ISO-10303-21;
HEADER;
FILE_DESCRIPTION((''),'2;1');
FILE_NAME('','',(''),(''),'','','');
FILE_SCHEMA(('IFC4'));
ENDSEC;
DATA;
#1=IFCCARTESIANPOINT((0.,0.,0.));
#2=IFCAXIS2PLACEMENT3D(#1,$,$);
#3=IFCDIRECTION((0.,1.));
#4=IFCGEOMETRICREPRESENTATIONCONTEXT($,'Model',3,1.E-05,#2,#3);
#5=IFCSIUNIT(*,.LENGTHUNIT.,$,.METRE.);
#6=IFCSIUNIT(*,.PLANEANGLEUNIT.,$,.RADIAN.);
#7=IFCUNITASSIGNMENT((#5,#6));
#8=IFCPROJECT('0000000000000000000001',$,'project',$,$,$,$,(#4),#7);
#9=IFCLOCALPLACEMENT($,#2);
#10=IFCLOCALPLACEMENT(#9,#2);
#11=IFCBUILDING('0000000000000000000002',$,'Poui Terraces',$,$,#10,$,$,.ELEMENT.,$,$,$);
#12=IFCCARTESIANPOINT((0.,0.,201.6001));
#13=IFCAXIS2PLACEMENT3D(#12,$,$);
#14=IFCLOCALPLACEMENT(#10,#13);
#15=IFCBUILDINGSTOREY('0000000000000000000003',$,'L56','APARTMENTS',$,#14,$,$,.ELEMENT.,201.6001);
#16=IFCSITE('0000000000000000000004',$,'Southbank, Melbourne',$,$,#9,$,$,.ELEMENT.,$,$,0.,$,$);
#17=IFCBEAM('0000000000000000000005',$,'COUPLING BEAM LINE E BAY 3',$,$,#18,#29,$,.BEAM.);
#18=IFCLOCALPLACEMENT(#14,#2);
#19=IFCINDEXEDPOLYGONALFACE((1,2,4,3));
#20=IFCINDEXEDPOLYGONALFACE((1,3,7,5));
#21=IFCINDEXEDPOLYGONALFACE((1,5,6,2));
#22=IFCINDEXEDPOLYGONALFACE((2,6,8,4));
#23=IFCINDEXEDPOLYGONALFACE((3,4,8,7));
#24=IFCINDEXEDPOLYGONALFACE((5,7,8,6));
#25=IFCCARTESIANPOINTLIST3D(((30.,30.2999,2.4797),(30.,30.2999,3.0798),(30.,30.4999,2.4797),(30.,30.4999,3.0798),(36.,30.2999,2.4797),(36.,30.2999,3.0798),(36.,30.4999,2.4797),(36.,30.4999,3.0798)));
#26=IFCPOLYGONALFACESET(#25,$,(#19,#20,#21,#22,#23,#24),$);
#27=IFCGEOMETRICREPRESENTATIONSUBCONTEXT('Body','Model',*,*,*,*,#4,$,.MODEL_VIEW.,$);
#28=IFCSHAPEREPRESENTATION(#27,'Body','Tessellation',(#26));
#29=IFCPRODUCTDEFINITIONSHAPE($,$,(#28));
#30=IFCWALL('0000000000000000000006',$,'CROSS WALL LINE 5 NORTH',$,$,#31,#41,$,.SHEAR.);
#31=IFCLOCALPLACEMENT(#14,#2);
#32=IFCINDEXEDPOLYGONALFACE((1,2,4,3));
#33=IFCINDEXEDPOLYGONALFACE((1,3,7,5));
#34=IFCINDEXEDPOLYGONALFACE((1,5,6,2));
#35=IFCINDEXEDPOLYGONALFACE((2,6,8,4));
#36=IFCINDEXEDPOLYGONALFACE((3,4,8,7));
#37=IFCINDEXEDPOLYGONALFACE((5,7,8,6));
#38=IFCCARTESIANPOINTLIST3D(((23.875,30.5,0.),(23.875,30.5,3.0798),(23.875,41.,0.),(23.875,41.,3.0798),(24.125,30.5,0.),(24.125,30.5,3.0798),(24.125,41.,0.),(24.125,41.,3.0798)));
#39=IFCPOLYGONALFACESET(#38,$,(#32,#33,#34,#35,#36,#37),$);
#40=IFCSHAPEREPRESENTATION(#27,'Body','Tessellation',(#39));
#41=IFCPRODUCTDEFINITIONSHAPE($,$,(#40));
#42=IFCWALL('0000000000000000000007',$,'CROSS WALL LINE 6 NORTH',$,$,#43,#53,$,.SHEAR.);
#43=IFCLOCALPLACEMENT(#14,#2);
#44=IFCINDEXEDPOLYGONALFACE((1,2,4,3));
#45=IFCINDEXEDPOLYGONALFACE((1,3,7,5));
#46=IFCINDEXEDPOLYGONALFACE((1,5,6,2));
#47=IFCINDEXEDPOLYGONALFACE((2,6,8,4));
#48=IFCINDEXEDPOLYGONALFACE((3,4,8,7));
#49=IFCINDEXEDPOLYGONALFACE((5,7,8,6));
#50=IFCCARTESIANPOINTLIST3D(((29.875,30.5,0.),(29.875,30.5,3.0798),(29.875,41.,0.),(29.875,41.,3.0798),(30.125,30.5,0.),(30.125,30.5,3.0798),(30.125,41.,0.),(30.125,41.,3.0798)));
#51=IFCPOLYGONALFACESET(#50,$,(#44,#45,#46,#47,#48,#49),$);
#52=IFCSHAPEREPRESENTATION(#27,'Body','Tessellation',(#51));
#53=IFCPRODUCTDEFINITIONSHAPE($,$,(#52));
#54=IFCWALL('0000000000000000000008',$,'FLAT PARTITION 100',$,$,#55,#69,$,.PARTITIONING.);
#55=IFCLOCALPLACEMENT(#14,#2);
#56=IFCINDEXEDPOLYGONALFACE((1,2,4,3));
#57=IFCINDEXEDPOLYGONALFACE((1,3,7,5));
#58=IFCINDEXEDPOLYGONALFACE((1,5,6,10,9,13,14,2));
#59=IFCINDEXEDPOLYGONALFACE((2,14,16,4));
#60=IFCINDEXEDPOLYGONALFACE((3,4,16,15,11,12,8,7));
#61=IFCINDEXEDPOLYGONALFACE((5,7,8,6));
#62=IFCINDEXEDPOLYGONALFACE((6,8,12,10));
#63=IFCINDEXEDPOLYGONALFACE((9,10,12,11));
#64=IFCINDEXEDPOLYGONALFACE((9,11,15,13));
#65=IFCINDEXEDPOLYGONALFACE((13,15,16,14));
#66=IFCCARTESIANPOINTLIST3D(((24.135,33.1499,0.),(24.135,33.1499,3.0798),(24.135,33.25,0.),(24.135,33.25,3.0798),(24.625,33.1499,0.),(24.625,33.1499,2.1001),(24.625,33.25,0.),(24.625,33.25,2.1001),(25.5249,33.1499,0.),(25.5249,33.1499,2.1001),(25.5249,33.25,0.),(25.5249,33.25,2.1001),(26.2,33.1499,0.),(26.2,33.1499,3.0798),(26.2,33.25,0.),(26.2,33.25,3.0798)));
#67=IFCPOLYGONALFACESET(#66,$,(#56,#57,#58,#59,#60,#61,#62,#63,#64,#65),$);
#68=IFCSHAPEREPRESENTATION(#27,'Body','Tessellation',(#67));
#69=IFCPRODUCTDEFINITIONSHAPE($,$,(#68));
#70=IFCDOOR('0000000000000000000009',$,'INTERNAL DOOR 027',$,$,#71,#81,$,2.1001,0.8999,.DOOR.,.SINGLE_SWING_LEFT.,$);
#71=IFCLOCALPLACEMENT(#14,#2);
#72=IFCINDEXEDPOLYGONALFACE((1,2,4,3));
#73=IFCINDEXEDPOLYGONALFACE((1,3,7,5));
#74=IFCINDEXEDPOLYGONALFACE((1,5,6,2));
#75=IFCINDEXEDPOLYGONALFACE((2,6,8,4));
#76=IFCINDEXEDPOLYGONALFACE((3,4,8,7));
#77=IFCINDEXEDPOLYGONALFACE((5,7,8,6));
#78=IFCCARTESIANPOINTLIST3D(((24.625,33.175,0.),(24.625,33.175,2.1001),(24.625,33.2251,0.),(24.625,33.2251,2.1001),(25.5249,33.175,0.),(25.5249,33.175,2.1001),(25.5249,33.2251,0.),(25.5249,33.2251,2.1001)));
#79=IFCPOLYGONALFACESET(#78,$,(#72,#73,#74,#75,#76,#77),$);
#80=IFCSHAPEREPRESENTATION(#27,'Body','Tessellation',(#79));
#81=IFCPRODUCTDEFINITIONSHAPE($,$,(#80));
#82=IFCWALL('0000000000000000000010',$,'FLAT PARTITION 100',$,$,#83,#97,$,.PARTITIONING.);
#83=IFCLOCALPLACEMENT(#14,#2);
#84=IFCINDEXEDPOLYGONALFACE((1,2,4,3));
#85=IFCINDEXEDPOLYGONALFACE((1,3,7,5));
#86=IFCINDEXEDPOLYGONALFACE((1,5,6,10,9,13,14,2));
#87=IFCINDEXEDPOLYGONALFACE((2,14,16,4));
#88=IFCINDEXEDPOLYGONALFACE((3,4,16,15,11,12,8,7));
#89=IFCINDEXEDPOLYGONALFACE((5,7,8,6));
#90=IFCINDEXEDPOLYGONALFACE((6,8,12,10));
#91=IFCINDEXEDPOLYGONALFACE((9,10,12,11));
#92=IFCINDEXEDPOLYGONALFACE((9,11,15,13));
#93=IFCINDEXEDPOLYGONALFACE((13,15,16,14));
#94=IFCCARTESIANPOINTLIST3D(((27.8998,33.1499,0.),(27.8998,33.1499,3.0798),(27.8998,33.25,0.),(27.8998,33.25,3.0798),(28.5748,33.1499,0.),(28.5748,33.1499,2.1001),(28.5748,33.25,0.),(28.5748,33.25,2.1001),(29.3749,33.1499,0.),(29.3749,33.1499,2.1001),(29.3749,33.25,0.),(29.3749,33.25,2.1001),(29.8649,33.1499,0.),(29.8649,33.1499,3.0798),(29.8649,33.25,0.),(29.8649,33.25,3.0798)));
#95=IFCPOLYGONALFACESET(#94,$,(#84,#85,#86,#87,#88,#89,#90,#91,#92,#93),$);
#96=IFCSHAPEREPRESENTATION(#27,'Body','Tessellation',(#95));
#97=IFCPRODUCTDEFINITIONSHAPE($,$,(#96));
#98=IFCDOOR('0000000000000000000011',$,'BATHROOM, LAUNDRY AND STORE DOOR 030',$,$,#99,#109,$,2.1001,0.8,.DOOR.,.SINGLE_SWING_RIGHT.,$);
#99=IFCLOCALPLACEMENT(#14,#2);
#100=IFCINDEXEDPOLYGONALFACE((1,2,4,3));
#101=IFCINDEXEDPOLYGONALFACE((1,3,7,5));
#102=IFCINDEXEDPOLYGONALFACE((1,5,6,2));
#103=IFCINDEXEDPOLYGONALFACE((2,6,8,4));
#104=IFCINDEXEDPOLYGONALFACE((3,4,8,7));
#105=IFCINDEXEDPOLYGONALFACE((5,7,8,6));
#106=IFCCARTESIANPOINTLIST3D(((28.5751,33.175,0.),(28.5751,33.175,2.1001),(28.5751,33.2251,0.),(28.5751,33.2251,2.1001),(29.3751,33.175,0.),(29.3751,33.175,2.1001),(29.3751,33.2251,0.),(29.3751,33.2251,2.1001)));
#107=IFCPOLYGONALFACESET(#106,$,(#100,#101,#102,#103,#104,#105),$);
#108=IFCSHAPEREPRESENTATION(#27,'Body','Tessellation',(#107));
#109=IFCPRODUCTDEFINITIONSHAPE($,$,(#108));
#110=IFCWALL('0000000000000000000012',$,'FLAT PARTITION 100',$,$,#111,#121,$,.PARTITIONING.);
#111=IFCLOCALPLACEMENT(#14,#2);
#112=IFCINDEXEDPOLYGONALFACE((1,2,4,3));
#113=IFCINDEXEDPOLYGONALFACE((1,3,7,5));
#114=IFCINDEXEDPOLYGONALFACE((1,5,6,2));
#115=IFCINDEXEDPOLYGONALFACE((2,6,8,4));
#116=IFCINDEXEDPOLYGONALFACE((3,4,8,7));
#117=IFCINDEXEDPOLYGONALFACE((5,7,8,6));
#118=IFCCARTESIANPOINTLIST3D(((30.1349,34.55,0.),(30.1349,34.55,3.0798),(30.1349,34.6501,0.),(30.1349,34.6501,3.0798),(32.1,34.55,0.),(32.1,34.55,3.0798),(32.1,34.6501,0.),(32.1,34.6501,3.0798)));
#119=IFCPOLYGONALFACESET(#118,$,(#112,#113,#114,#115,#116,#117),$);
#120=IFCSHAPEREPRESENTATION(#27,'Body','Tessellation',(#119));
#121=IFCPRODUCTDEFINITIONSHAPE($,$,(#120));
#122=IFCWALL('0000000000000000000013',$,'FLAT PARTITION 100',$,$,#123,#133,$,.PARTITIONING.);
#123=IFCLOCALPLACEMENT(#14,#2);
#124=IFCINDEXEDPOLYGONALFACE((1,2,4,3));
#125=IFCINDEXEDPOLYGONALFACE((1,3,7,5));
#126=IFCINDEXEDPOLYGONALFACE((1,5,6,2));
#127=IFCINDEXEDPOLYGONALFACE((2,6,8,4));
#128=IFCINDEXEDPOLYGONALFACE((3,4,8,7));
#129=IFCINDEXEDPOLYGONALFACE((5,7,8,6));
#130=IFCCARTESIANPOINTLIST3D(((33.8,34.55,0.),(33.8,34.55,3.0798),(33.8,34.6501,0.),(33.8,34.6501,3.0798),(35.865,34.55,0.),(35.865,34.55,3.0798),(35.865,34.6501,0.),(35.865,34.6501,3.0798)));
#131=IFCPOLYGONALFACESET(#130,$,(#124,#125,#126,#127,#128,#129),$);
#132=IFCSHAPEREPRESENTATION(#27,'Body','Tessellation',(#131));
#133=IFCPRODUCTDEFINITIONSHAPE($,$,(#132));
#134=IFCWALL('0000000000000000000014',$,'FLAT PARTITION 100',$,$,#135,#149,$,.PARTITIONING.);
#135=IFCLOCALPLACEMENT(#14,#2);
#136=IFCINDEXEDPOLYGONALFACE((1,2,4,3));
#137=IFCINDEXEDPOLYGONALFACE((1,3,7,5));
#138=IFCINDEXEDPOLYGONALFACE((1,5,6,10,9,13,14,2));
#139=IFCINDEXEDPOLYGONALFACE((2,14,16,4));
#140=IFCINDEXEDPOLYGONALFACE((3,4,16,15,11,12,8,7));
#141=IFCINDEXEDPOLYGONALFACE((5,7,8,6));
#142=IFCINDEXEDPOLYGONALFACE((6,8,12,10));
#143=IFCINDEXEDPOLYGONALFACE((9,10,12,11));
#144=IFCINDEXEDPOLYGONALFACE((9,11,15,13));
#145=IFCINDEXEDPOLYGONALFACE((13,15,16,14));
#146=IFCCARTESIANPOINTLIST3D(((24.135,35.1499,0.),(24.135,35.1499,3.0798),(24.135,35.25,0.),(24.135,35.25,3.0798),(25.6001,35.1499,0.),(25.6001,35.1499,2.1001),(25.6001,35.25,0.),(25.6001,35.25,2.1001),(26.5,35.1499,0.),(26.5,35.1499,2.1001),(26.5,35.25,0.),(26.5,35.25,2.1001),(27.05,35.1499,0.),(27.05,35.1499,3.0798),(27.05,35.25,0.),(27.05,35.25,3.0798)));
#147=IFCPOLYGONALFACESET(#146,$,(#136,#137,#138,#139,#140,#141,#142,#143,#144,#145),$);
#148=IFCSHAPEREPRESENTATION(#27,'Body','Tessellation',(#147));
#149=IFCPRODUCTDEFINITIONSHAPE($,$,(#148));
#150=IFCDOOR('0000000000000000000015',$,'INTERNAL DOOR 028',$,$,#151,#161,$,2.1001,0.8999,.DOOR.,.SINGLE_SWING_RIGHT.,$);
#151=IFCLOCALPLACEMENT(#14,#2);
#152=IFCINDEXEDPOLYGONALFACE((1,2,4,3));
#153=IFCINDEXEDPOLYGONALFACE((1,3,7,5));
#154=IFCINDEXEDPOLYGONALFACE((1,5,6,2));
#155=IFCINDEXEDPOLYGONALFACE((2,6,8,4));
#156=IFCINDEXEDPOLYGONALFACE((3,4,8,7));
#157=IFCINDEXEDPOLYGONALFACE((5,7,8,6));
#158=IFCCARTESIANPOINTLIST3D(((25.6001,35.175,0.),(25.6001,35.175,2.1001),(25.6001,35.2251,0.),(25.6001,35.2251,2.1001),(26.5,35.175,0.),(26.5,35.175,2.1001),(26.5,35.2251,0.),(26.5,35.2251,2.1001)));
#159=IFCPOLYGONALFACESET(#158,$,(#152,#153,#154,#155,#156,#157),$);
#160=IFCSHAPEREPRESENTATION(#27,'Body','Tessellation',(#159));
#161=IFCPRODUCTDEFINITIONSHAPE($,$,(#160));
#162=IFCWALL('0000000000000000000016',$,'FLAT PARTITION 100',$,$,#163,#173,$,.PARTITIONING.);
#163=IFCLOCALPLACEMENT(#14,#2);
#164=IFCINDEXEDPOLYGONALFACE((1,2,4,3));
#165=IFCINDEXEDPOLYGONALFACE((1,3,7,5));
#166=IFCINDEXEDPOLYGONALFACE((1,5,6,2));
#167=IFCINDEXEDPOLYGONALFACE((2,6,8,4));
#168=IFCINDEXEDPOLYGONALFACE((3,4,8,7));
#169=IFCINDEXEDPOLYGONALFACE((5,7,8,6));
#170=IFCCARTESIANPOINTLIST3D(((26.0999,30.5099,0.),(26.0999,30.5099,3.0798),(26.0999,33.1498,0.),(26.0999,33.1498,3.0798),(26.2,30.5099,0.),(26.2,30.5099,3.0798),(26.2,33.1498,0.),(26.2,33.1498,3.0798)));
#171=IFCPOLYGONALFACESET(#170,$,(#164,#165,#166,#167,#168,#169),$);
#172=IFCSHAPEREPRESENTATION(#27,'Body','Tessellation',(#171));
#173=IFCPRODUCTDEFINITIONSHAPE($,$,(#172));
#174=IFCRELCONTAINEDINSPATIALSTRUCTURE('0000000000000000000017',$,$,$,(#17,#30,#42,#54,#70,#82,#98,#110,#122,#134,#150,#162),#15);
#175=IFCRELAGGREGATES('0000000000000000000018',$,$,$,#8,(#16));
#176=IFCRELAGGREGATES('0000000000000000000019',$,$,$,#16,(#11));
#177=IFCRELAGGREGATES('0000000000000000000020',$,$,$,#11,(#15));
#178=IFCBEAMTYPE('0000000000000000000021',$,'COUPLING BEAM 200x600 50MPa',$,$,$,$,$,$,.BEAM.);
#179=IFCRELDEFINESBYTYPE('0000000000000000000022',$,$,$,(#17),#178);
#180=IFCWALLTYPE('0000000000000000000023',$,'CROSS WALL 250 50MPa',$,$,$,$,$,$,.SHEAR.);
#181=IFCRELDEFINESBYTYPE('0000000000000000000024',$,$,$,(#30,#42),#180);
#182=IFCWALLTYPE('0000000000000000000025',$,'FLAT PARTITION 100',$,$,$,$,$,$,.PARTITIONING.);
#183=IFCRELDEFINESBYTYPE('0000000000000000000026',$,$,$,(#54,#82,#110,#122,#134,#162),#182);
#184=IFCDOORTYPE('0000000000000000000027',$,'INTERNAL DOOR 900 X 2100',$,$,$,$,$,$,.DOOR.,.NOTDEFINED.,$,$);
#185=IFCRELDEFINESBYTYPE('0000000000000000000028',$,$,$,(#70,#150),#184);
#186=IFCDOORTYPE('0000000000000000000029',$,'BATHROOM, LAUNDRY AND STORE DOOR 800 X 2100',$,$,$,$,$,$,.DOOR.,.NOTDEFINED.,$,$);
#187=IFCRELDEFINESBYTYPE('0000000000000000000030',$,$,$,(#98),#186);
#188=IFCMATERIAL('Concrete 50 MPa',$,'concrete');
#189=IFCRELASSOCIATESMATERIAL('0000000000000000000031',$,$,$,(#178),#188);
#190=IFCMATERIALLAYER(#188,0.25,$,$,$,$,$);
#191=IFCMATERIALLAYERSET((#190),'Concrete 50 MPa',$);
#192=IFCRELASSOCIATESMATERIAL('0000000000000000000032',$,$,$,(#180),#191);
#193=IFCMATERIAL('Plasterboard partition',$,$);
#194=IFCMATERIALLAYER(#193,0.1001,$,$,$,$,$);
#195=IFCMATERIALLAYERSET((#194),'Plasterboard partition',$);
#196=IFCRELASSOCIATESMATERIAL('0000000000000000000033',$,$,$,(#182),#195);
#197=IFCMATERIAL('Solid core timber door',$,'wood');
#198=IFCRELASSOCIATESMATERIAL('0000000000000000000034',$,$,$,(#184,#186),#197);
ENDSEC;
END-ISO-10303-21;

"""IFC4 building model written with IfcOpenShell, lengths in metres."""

from ifc_helpers import new_model, si_unit, direction, frame, frame_2d, origin, origin_2d, place, context, subcontext, project, spatial, rectangle, extrude, source, transform, mapped, material, layer, layer_set, material_profile, profile_set, type_object, element, fill, save


model = new_model("IFC4")

# Units and contexts
model_context = context("Model", 3, precision=1e-05, world=origin(), true_north=direction((0.0, 1.0)))
body_context = subcontext(model_context, "Body", "Model", "MODEL_VIEW")
ifc_project = project(units=[si_unit("LENGTHUNIT", "METRE"), si_unit("PLANEANGLEUNIT", "RADIAN")], contexts=[model_context])

# Site, building, storey
site_placement = place(None, origin())
site = spatial("IfcSite", under=ifc_project, at=site_placement, Name="Southbank, Melbourne", CompositionType="ELEMENT", RefElevation=0.0)
building_placement = place(site_placement, origin())
building = spatial("IfcBuilding", under=site, at=building_placement, Name="Poui Terraces", CompositionType="ELEMENT")
storey_placement = place(building_placement, frame((0.0, 0.0, 201.6001)))
storey = spatial("IfcBuildingStorey", under=building, at=storey_placement, Name="L56", Description="APARTMENTS", CompositionType="ELEMENT", Elevation=201.6001)

# Beam
ifc_material_1 = material(Name="Concrete 50 MPa", Category="concrete")
ifc_material_profile_1 = material_profile(ifc_material_1, rectangle(XDim=0.2, YDim=0.6001, at=origin_2d()), Name="RC 200x600")
ifc_profile_set_1 = profile_set([ifc_material_profile_1], Name="Concrete 50 MPa")
beam_type = type_object("IfcBeamType", Name="COUPLING BEAM 200x600 50MPa", PredefinedType="BEAM", material=ifc_profile_set_1)
shared_shape_1 = source(origin(), body_context, "Body", "SweptSolid", [
    extrude(rectangle(XDim=0.2, YDim=0.6001, at=origin_2d()), origin(), (0.0, 0.0, 1.0), 6.0),
])
beam_placement = place(storey_placement, frame((30.0, 30.3999, 2.7798), z_axis=(1.0, 0.0, 0.0), x_axis=(0.0, 1.0, 0.0)))
element("IfcBeam", 1, at=beam_placement, inside=storey, type_object=beam_type, Name="COUPLING BEAM LINE E BAY 3", PredefinedType="BEAM", context=body_context, shape_type="MappedRepresentation", body=[
    mapped(shared_shape_1, transform((0.0, 0.0, 0.0))),
])

# Walls
ifc_layer_1 = layer(ifc_material_1, 0.25)
ifc_layer_set_1 = layer_set([ifc_layer_1], Name="Concrete 50 MPa")
wall_type_1 = type_object("IfcWallType", Name="CROSS WALL 250 50MPa", PredefinedType="SHEAR", material=ifc_layer_set_1)
for number, where, z_axis, x_axis, name in (
    (2, (24.0, 30.5, 0.0), (0.0, 0.0, 1.0), (0.0, 1.0, 0.0), "CROSS WALL LINE 5 NORTH"),
    (3, (30.0, 30.5, 0.0), (0.0, 0.0, 1.0), (0.0, 1.0, 0.0), "CROSS WALL LINE 6 NORTH"),
):
    element("IfcWall", number, at=place(storey_placement, frame(where, z_axis=z_axis, x_axis=x_axis)), inside=storey, type_object=wall_type_1, Name=name, PredefinedType="SHEAR", context=body_context, shape_type="SweptSolid", body=[
        extrude(rectangle(XDim=10.5, YDim=0.25, at=frame_2d((5.25, 0.0))), origin(), (0.0, 0.0, 1.0), 3.0798),
    ])

# Walls, openings, doors
ifc_material_2 = material(Name="Plasterboard partition")
ifc_layer_2 = layer(ifc_material_2, 0.1001)
ifc_layer_set_2 = layer_set([ifc_layer_2], Name="Plasterboard partition")
wall_type_2 = type_object("IfcWallType", Name="FLAT PARTITION 100", PredefinedType="PARTITIONING", material=ifc_layer_set_2)
wall_1_placement = place(storey_placement, frame((24.135, 33.2, 0.0), z_axis=(0.0, 0.0, 1.0), x_axis=(1.0, 0.0, 0.0)))
wall_1 = element("IfcWall", 4, at=wall_1_placement, inside=storey, type_object=wall_type_2, Name="FLAT PARTITION 100", PredefinedType="PARTITIONING", context=body_context, shape_type="SweptSolid", body=[
    extrude(rectangle(XDim=2.0649, YDim=0.1001, at=frame_2d((1.0325, 0.0))), origin(), (0.0, 0.0, 1.0), 3.0798),
])
opening_1_placement = place(wall_1_placement, frame((0.49, 0.0, 0.0)))
opening_1 = element("IfcOpeningElement", 5, at=opening_1_placement, cuts=wall_1, PredefinedType="OPENING", context=body_context, shape_type="SweptSolid", body=[
    extrude(rectangle(XDim=0.8999, YDim=2.1001, at=frame_2d((0.45, 1.05))), frame((0.0, 0.0601, 0.0), z_axis=(0.0, -1.0, 0.0), x_axis=(1.0, 0.0, 0.0)), (0.0, 0.0, 1.0), 0.1201),
])
ifc_material_3 = material(Name="Solid core timber door", Category="wood")
door_type_1 = type_object("IfcDoorType", Name="INTERNAL DOOR 900 X 2100", OperationType="NOTDEFINED", PredefinedType="DOOR", material=ifc_material_3)
door_1_placement = place(opening_1_placement, frame((0.8999, 0.0, 0.0), z_axis=(0.0, 0.0, 1.0), x_axis=(-1.0, 0.0, 0.0)))
door_1 = element("IfcDoor", 6, at=door_1_placement, inside=storey, type_object=door_type_1, Name="INTERNAL DOOR 027", OperationType="SINGLE_SWING_LEFT", OverallHeight=2.1001, OverallWidth=0.8999, PredefinedType="DOOR", context=body_context, shape_type="SweptSolid", body=[
    extrude(rectangle(XDim=0.8999, YDim=2.1001, at=frame_2d((0.45, 1.05))), frame((0.0, 0.0249, 0.0), z_axis=(0.0, -1.0, 0.0), x_axis=(1.0, 0.0, 0.0)), (0.0, 0.0, 1.0), 0.05),
])
fill(opening_1, door_1)
wall_2_placement = place(storey_placement, frame((27.8999, 33.2, 0.0), z_axis=(0.0, 0.0, 1.0), x_axis=(1.0, 0.0, 0.0)))
wall_2 = element("IfcWall", 7, at=wall_2_placement, inside=storey, type_object=wall_type_2, Name="FLAT PARTITION 100", PredefinedType="PARTITIONING", context=body_context, shape_type="SweptSolid", body=[
    extrude(rectangle(XDim=1.9651, YDim=0.1001, at=frame_2d((0.9824, 0.0))), origin(), (0.0, 0.0, 1.0), 3.0798),
])
opening_2_placement = place(wall_2_placement, frame((0.675, 0.0, 0.0)))
opening_2 = element("IfcOpeningElement", 8, at=opening_2_placement, cuts=wall_2, PredefinedType="OPENING", context=body_context, shape_type="SweptSolid", body=[
    extrude(rectangle(XDim=0.8, YDim=2.1001, at=frame_2d((0.3999, 1.05))), frame((0.0, 0.0601, 0.0), z_axis=(0.0, -1.0, 0.0), x_axis=(1.0, 0.0, 0.0)), (0.0, 0.0, 1.0), 0.1201),
])
door_type_2 = type_object("IfcDoorType", Name="BATHROOM, LAUNDRY AND STORE DOOR 800 X 2100", OperationType="NOTDEFINED", PredefinedType="DOOR", material=ifc_material_3)
door_2_placement = place(opening_2_placement, frame((0.8, 0.0, 0.0), z_axis=(0.0, 0.0, 1.0), x_axis=(-1.0, 0.0, 0.0)))
door_2 = element("IfcDoor", 9, at=door_2_placement, inside=storey, type_object=door_type_2, Name="BATHROOM, LAUNDRY AND STORE DOOR 030", OperationType="SINGLE_SWING_RIGHT", OverallHeight=2.1001, OverallWidth=0.8, PredefinedType="DOOR", context=body_context, shape_type="SweptSolid", body=[
    extrude(rectangle(XDim=0.8, YDim=2.1001, at=frame_2d((0.3999, 1.05))), frame((0.0, 0.0249, 0.0), z_axis=(0.0, -1.0, 0.0), x_axis=(1.0, 0.0, 0.0)), (0.0, 0.0, 1.0), 0.05),
])
fill(opening_2, door_2)

# Walls
wall_3_placement = place(storey_placement, frame((30.135, 34.6001, 0.0), z_axis=(0.0, 0.0, 1.0), x_axis=(1.0, 0.0, 0.0)))
element("IfcWall", 10, at=wall_3_placement, inside=storey, type_object=wall_type_2, Name="FLAT PARTITION 100", PredefinedType="PARTITIONING", context=body_context, shape_type="SweptSolid", body=[
    extrude(rectangle(XDim=1.9651, YDim=0.1001, at=frame_2d((0.9824, 0.0))), origin(), (0.0, 0.0, 1.0), 3.0798),
])
wall_4_placement = place(storey_placement, frame((33.8, 34.6001, 0.0), z_axis=(0.0, 0.0, 1.0), x_axis=(1.0, 0.0, 0.0)))
element("IfcWall", 11, at=wall_4_placement, inside=storey, type_object=wall_type_2, Name="FLAT PARTITION 100", PredefinedType="PARTITIONING", context=body_context, shape_type="SweptSolid", body=[
    extrude(rectangle(XDim=2.0649, YDim=0.1001, at=frame_2d((1.0325, 0.0))), origin(), (0.0, 0.0, 1.0), 3.0798),
])

# Wall, opening, door
wall_5_placement = place(storey_placement, frame((24.135, 35.2, 0.0), z_axis=(0.0, 0.0, 1.0), x_axis=(1.0, 0.0, 0.0)))
wall_5 = element("IfcWall", 12, at=wall_5_placement, inside=storey, type_object=wall_type_2, Name="FLAT PARTITION 100", PredefinedType="PARTITIONING", context=body_context, shape_type="SweptSolid", body=[
    extrude(rectangle(XDim=2.915, YDim=0.1001, at=frame_2d((1.4575, 0.0))), origin(), (0.0, 0.0, 1.0), 3.0798),
])
opening_3_placement = place(wall_5_placement, frame((1.4651, 0.0, 0.0)))
opening_3 = element("IfcOpeningElement", 13, at=opening_3_placement, cuts=wall_5, PredefinedType="OPENING", context=body_context, shape_type="SweptSolid", body=[
    extrude(rectangle(XDim=0.8999, YDim=2.1001, at=frame_2d((0.45, 1.05))), frame((0.0, 0.0601, 0.0), z_axis=(0.0, -1.0, 0.0), x_axis=(1.0, 0.0, 0.0)), (0.0, 0.0, 1.0), 0.1201),
])
door_3_placement = place(opening_3_placement, frame((0.8999, 0.0, 0.0), z_axis=(0.0, 0.0, 1.0), x_axis=(-1.0, 0.0, 0.0)))
door_3 = element("IfcDoor", 14, at=door_3_placement, inside=storey, type_object=door_type_1, Name="INTERNAL DOOR 028", OperationType="SINGLE_SWING_RIGHT", OverallHeight=2.1001, OverallWidth=0.8999, PredefinedType="DOOR", context=body_context, shape_type="SweptSolid", body=[
    extrude(rectangle(XDim=0.8999, YDim=2.1001, at=frame_2d((0.45, 1.05))), frame((0.0, 0.0249, 0.0), z_axis=(0.0, -1.0, 0.0), x_axis=(1.0, 0.0, 0.0)), (0.0, 0.0, 1.0), 0.05),
])
fill(opening_3, door_3)

# Wall
wall_6_placement = place(storey_placement, frame((26.1499, 30.51, 0.0), z_axis=(0.0, 0.0, 1.0), x_axis=(0.0, 1.0, 0.0)))
element("IfcWall", 15, at=wall_6_placement, inside=storey, type_object=wall_type_2, Name="FLAT PARTITION 100", PredefinedType="PARTITIONING", context=body_context, shape_type="SweptSolid", body=[
    extrude(rectangle(XDim=2.6399, YDim=0.1001, at=frame_2d((1.3198, 0.0))), origin(), (0.0, 0.0, 1.0), 3.0798),
])

save(model, "model.ifc")
